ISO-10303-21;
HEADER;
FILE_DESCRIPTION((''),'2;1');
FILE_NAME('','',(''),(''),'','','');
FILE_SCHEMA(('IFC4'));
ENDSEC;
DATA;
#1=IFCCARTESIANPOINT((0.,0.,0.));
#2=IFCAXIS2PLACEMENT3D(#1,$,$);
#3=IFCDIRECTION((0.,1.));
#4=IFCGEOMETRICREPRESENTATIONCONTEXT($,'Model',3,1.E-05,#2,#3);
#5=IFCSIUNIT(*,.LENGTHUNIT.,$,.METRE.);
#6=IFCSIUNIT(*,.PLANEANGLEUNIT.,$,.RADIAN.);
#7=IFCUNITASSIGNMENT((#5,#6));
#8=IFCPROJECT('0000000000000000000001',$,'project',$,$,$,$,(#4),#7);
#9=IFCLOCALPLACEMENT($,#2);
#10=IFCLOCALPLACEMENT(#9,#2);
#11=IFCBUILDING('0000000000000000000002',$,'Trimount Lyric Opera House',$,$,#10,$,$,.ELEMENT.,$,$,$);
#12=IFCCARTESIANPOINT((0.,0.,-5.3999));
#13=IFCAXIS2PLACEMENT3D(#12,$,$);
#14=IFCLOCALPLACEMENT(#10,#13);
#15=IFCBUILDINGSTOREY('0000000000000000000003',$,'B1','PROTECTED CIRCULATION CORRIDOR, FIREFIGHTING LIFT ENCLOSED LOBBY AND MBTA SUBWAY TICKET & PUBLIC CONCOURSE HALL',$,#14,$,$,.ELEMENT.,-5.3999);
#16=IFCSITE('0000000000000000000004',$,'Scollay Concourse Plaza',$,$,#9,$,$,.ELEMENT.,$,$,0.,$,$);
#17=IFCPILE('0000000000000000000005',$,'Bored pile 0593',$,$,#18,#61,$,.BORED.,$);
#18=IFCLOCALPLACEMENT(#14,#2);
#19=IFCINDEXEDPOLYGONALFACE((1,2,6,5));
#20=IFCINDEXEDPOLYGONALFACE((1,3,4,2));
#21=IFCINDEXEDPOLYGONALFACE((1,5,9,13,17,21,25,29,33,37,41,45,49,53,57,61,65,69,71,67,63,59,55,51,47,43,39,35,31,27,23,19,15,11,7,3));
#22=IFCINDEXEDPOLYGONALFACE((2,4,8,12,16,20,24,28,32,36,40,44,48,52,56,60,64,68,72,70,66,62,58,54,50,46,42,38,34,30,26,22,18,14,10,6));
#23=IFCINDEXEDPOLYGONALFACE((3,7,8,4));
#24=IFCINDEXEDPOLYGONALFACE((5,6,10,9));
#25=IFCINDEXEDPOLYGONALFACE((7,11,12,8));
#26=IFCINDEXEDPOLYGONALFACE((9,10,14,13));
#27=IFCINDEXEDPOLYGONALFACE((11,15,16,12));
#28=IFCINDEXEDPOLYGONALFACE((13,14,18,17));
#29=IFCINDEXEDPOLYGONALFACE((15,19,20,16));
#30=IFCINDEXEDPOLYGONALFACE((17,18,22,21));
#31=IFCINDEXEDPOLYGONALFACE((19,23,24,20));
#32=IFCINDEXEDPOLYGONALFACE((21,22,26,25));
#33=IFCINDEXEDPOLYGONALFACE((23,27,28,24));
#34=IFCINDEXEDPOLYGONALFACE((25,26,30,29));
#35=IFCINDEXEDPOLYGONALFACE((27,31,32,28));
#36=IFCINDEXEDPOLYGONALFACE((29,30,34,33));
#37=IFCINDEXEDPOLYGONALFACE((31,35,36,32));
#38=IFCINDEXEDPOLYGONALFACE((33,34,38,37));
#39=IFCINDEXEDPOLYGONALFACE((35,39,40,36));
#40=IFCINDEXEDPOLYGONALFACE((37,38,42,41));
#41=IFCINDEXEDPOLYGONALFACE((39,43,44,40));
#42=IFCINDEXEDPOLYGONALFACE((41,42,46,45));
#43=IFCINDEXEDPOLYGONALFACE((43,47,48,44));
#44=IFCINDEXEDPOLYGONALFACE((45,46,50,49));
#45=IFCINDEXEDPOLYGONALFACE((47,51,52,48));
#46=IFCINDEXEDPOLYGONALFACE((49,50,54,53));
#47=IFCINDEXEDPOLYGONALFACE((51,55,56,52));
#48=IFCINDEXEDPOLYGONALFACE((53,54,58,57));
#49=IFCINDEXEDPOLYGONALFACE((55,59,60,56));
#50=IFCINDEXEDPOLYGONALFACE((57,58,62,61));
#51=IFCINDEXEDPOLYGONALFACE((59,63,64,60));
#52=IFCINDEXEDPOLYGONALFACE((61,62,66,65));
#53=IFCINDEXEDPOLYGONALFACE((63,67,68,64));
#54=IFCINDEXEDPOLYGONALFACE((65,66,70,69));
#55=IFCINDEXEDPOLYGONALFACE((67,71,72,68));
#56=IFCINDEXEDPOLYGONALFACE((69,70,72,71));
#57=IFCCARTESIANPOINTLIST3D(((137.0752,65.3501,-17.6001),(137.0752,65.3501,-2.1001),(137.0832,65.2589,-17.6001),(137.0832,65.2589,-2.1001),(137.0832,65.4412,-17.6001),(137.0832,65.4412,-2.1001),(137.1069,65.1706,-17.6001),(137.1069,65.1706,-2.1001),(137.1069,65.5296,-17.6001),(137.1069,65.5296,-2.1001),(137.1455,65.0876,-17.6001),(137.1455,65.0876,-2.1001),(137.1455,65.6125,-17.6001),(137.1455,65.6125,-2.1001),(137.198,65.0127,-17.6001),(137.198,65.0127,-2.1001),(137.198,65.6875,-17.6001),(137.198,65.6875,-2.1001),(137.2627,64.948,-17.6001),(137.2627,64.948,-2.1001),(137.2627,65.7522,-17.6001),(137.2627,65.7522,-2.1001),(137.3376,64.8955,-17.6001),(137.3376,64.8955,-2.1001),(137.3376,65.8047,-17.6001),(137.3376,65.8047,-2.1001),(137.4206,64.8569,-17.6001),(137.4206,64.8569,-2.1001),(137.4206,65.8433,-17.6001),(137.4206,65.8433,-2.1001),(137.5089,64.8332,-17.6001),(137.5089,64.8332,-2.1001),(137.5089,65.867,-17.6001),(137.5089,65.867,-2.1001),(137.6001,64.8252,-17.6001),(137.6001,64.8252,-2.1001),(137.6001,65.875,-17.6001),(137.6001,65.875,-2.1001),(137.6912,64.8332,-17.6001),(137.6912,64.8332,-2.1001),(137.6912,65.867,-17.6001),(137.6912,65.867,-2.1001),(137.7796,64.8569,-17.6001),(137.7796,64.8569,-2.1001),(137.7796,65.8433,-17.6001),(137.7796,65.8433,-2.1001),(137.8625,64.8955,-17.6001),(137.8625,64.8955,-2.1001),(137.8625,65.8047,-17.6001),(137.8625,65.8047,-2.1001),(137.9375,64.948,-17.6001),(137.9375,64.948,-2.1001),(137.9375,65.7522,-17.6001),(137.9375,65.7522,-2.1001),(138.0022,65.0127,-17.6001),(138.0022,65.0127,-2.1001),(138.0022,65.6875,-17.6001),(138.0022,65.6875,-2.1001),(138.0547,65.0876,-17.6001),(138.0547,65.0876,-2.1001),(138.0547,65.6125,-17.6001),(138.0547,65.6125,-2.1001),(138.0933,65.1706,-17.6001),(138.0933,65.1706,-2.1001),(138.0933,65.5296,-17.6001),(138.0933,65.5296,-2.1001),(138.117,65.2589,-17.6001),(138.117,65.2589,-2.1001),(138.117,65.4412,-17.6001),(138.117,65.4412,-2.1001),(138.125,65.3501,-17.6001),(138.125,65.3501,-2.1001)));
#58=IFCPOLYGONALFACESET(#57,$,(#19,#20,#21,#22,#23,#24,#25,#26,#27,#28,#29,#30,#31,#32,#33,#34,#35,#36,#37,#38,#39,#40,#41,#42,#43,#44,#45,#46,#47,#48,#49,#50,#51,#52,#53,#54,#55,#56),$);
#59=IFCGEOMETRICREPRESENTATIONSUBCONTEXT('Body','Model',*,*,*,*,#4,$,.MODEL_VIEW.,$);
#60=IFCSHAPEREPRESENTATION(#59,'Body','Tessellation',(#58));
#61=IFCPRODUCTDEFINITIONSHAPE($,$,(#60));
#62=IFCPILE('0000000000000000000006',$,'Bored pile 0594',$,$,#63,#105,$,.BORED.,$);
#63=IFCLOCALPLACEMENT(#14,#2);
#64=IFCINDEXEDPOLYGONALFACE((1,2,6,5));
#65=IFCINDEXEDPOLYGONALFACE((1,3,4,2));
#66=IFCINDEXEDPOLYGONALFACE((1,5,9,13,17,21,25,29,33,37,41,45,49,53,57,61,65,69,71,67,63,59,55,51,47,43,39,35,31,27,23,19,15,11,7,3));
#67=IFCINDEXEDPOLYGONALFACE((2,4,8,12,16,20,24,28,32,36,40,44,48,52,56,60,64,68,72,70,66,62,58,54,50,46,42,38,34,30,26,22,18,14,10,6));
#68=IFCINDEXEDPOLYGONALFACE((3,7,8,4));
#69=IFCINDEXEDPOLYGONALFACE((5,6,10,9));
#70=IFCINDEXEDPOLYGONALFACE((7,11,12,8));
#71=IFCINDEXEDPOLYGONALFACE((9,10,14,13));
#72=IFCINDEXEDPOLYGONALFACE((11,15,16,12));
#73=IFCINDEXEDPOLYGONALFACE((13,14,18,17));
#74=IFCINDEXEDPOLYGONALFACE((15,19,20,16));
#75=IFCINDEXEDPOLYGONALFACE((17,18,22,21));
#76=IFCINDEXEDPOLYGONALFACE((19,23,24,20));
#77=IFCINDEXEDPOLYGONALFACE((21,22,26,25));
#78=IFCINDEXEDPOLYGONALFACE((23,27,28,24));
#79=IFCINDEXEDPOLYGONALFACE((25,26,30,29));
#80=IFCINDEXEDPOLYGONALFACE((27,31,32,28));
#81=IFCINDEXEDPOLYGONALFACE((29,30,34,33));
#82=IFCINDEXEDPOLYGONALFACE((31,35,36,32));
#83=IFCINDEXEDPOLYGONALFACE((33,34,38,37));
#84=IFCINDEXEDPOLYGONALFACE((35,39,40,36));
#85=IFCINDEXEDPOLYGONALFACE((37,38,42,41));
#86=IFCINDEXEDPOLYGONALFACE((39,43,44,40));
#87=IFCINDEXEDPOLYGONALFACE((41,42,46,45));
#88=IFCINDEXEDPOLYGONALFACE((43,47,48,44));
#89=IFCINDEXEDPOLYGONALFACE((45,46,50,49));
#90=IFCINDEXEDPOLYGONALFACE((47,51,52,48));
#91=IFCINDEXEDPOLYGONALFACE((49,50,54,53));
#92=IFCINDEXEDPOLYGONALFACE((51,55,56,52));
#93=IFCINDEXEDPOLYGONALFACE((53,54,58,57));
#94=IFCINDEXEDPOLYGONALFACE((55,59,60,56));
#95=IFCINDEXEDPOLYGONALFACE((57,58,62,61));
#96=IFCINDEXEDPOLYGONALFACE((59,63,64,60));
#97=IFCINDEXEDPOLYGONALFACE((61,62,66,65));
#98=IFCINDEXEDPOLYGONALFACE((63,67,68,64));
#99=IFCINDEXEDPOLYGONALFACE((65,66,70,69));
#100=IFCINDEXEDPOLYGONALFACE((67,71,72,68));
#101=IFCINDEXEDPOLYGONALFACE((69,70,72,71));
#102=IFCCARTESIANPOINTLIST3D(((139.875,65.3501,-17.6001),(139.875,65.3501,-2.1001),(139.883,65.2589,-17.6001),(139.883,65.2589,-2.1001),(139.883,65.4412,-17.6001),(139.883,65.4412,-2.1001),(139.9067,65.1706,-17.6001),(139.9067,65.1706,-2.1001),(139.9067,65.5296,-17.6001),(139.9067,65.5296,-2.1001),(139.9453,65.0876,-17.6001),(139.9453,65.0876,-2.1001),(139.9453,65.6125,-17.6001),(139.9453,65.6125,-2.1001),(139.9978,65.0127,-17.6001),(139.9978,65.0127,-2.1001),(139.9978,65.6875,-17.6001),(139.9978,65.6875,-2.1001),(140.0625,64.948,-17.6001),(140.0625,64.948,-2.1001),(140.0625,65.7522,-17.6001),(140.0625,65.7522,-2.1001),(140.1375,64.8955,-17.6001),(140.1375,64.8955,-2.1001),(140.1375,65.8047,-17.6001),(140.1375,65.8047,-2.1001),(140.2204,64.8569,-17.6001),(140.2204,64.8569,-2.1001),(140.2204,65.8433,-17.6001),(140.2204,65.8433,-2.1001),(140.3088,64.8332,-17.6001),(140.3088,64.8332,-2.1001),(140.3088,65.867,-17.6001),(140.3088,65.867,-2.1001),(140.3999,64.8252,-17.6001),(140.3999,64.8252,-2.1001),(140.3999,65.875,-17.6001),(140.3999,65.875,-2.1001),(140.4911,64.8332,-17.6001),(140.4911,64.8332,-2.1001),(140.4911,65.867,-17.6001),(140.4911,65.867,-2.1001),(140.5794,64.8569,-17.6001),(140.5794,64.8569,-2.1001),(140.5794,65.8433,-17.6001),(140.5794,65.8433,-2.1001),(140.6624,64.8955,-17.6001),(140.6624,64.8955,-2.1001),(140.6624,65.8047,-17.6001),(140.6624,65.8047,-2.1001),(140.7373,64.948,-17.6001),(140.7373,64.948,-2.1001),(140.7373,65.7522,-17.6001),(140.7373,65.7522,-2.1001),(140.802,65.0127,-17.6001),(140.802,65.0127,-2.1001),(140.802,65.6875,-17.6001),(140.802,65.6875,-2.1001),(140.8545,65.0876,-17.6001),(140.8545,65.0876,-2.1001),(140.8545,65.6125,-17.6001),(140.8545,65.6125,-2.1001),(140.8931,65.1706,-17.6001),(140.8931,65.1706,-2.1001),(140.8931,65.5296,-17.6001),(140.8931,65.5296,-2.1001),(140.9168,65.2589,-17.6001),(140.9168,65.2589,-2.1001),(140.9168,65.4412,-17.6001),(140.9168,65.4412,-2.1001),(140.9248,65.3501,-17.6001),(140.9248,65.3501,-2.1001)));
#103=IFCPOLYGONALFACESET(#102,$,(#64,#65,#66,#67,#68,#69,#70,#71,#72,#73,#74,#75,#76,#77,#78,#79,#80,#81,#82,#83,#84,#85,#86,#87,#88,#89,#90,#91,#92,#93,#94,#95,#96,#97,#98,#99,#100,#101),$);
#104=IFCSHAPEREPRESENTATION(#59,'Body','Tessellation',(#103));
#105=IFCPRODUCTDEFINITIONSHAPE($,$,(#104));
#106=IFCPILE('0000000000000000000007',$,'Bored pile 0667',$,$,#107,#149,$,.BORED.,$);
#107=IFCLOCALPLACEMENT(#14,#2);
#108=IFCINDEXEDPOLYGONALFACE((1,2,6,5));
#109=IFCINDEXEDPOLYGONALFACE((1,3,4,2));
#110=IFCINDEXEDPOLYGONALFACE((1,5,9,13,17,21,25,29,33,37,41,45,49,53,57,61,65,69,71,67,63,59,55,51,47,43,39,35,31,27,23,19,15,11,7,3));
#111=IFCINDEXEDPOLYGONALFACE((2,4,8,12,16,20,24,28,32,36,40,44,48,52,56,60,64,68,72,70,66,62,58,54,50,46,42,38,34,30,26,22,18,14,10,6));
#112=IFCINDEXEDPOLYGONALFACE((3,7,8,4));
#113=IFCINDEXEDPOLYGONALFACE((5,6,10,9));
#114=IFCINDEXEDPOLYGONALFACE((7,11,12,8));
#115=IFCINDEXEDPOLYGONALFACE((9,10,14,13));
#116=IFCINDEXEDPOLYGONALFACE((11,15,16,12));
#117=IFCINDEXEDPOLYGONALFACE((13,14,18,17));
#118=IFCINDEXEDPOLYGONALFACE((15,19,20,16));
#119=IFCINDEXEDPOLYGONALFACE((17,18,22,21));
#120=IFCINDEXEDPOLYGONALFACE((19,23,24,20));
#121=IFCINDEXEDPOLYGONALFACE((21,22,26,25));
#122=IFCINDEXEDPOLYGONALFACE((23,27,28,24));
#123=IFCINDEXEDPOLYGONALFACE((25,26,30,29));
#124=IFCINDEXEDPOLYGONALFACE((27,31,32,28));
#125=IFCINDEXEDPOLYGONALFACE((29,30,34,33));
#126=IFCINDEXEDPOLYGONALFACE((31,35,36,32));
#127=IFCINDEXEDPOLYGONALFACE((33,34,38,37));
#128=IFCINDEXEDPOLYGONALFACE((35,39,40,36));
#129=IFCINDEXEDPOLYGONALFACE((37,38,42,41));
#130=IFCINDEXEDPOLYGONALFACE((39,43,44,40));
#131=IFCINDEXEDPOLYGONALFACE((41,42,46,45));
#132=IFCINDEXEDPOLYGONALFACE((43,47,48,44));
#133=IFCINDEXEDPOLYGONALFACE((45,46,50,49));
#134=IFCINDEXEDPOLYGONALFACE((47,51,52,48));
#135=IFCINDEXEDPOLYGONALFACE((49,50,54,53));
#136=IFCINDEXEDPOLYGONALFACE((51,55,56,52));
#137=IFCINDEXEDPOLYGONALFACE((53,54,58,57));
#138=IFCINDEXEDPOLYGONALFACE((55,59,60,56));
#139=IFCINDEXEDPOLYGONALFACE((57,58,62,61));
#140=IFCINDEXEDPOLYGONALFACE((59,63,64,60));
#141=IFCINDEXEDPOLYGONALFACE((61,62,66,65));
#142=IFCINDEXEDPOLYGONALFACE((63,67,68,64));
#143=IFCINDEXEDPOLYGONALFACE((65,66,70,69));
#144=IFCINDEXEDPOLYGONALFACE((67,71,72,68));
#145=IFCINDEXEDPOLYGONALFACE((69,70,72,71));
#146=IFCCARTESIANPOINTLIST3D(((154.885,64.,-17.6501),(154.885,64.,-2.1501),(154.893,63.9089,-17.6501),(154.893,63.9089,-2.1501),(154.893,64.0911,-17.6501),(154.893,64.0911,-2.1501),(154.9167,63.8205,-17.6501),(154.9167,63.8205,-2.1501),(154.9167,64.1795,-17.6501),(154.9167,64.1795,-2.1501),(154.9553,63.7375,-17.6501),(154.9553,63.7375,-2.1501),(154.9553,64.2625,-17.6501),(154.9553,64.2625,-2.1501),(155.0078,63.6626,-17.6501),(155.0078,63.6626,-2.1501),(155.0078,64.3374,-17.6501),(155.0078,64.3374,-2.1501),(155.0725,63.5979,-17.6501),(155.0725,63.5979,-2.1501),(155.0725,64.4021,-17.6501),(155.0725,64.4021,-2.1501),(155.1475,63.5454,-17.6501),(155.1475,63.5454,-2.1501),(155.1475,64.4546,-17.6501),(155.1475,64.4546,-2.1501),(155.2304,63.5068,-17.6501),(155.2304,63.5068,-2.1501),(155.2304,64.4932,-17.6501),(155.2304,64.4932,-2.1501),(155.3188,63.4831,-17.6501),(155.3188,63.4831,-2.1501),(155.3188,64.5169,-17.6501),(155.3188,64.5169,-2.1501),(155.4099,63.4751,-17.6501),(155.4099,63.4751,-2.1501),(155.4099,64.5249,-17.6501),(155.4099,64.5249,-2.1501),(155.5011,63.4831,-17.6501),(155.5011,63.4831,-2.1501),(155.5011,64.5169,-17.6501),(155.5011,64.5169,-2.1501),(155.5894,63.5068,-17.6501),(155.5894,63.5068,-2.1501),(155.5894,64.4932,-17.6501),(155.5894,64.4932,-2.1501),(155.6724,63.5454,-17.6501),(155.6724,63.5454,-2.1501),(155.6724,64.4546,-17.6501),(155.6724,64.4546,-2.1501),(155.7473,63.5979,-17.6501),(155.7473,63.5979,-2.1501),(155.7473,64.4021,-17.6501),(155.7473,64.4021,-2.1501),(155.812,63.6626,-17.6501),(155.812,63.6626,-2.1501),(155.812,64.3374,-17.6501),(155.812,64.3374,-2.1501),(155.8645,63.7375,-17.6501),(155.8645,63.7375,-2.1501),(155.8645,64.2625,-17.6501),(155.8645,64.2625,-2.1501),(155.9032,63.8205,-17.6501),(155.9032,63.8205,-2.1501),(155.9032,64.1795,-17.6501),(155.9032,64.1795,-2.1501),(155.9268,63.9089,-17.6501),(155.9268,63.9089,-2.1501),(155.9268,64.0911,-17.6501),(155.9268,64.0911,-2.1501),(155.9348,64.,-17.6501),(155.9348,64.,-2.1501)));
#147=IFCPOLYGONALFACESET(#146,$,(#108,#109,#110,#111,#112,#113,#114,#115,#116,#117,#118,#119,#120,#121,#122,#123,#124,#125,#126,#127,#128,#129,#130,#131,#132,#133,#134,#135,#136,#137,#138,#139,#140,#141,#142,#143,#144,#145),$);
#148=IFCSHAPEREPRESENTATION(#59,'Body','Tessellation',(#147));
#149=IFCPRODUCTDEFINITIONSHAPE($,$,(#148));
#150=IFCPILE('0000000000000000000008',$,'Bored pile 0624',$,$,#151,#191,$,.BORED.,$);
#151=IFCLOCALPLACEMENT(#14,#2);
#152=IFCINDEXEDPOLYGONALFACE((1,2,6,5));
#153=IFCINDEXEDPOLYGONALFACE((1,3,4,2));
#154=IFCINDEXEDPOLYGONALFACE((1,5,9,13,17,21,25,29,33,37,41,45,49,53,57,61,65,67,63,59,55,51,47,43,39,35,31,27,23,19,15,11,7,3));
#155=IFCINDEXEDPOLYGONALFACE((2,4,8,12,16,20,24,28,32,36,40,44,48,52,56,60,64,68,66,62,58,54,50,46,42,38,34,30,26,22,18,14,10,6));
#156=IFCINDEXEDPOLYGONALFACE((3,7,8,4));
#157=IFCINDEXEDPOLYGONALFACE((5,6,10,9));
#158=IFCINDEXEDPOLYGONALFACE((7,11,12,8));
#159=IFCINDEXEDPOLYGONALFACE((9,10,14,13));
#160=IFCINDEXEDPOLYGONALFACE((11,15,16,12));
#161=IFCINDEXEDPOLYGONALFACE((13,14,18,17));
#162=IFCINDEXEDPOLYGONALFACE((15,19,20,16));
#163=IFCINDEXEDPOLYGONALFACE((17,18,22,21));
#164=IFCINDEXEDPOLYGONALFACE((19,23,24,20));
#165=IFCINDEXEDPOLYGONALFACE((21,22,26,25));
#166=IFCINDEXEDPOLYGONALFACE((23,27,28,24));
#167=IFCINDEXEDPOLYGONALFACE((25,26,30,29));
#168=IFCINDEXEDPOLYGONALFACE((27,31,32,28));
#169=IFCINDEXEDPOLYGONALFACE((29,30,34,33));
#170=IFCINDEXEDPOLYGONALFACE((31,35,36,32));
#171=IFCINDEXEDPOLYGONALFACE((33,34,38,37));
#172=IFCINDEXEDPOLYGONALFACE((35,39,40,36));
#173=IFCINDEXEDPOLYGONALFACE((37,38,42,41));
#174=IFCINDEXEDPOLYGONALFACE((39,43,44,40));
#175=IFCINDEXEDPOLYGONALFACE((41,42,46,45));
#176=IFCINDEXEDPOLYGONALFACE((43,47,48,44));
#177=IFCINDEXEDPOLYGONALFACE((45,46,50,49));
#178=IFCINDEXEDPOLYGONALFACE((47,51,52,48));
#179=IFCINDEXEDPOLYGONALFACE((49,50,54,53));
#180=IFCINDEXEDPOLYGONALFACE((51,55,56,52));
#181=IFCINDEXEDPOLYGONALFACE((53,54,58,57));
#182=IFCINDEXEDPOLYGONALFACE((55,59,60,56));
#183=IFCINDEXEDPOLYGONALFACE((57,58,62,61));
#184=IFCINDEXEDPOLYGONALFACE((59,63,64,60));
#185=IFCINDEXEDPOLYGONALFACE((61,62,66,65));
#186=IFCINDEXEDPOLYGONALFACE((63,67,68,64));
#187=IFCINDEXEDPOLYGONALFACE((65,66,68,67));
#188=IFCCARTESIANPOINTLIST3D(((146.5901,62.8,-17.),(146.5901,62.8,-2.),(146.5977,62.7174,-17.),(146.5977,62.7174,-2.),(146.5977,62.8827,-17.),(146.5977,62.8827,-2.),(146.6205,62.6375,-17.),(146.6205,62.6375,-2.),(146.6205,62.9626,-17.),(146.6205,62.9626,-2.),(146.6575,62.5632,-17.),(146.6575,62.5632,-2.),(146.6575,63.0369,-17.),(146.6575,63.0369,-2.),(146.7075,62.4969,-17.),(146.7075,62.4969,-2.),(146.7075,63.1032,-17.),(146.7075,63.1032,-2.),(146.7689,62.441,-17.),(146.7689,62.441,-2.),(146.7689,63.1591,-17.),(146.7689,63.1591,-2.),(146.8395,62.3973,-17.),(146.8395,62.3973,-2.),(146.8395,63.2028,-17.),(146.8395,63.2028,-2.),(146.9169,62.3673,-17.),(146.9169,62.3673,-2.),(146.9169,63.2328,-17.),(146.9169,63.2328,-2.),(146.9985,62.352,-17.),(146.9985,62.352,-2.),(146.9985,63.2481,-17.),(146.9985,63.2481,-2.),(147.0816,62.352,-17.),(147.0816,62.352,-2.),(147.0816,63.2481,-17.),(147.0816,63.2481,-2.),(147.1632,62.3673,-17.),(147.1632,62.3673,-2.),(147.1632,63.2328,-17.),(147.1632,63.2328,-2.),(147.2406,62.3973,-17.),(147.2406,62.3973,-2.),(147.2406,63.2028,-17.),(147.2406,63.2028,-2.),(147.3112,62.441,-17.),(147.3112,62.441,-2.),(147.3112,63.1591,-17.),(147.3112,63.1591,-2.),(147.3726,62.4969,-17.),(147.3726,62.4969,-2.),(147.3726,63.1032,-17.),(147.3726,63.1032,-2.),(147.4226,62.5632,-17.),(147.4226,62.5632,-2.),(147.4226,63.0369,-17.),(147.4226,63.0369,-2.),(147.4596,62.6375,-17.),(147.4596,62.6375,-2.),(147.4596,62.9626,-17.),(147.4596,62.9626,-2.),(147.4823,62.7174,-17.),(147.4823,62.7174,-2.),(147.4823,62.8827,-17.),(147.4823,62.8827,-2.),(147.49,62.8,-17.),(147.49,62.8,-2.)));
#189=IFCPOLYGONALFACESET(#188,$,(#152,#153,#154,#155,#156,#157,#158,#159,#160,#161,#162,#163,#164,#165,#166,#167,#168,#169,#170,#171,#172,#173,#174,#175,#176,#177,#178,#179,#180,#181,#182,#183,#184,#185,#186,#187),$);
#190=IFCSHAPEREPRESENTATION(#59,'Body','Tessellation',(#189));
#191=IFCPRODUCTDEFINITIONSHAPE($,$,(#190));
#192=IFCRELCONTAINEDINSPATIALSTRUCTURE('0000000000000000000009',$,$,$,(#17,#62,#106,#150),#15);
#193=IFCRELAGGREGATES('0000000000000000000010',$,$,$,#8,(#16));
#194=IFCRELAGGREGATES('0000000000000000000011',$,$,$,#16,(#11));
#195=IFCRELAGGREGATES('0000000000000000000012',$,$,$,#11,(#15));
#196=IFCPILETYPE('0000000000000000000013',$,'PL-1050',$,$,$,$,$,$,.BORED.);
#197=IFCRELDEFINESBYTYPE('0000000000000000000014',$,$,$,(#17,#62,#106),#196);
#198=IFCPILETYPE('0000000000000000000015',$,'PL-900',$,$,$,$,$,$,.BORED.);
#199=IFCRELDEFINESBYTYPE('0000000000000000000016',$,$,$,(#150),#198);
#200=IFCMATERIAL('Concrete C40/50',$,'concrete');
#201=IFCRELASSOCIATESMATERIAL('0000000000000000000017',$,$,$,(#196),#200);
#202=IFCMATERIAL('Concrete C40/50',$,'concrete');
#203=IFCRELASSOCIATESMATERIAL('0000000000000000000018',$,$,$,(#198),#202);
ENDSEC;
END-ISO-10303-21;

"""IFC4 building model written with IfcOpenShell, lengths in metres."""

from ifc_helpers import new_model, si_unit, direction, frame, origin, origin_2d, place, context, subcontext, project, spatial, circle, extrude, material, material_profile, profile_set, type_object, element, save


model = new_model("IFC4")

# Units and contexts
model_context = context("Model", 3, precision=1e-05, world=origin(), true_north=direction((0.0, 1.0)))
body_context = subcontext(model_context, "Body", "Model", "MODEL_VIEW")
ifc_project = project(units=[si_unit("LENGTHUNIT", "METRE"), si_unit("PLANEANGLEUNIT", "RADIAN")], contexts=[model_context])

# Site, building, storey
site_placement = place(None, origin())
site = spatial("IfcSite", under=ifc_project, at=site_placement, Name="Scollay Concourse Plaza", CompositionType="ELEMENT", RefElevation=0.0)
building_placement = place(site_placement, origin())
building = spatial("IfcBuilding", under=site, at=building_placement, Name="Trimount Lyric Opera House", CompositionType="ELEMENT")
storey_placement = place(building_placement, frame((0.0, 0.0, -5.3999)))
storey = spatial("IfcBuildingStorey", under=building, at=storey_placement, Name="B1", Description="PROTECTED CIRCULATION CORRIDOR, FIREFIGHTING LIFT ENCLOSED LOBBY AND MBTA SUBWAY TICKET & PUBLIC CONCOURSE HALL", CompositionType="ELEMENT", Elevation=-5.3999)

# Piles
ifc_material_1 = material(Name="Concrete C40/50", Category="concrete")
ifc_material_profile_1 = material_profile(ifc_material_1, circle(Radius=0.5249, at=origin_2d()), Name="PILE-D1050")
ifc_profile_set_1 = profile_set([ifc_material_profile_1], Name="Concrete C40/50")
pile_type_1 = type_object("IfcPileType", Name="PL-1050", PredefinedType="BORED", material=ifc_profile_set_1)
for number, where, z_axis, x_axis, name in (
    (1, (137.6001, 65.3501, -2.1001), (0.0, 0.0, -1.0), (1.0, 0.0, 0.0), "Bored pile 0593"),
    (2, (140.3999, 65.3501, -2.1001), (0.0, 0.0, -1.0), (1.0, 0.0, 0.0), "Bored pile 0594"),
    (3, (155.4099, 64.0, -2.1501), (0.0, 0.0, -1.0), (1.0, 0.0, 0.0), "Bored pile 0667"),
):
    element("IfcPile", number, at=place(storey_placement, frame(where, z_axis=z_axis, x_axis=x_axis)), inside=storey, type_object=pile_type_1, Name=name, PredefinedType="BORED", context=body_context, shape_type="SweptSolid", body=[
        extrude(circle(Radius=0.5249, at=origin_2d()), origin(), (0.0, 0.0, 1.0), 15.5),
    ])
ifc_material_2 = material(Name="Concrete C40/50", Category="concrete")
ifc_material_profile_2 = material_profile(ifc_material_2, circle(Radius=0.45, at=origin_2d()), Name="PILE-D900")
ifc_profile_set_2 = profile_set([ifc_material_profile_2], Name="Concrete C40/50")
pile_type_2 = type_object("IfcPileType", Name="PL-900", PredefinedType="BORED", material=ifc_profile_set_2)
for number, where, z_axis, x_axis, name in (
    (4, (147.04, 62.8, -2.0), (0.0, 0.0, -1.0), (1.0, 0.0, 0.0), "Bored pile 0624"),
):
    element("IfcPile", number, at=place(storey_placement, frame(where, z_axis=z_axis, x_axis=x_axis)), inside=storey, type_object=pile_type_2, Name=name, PredefinedType="BORED", context=body_context, shape_type="SweptSolid", body=[
        extrude(circle(Radius=0.45, at=origin_2d()), origin(), (0.0, 0.0, 1.0), 15.0),
    ])

save(model, "model.ifc")
